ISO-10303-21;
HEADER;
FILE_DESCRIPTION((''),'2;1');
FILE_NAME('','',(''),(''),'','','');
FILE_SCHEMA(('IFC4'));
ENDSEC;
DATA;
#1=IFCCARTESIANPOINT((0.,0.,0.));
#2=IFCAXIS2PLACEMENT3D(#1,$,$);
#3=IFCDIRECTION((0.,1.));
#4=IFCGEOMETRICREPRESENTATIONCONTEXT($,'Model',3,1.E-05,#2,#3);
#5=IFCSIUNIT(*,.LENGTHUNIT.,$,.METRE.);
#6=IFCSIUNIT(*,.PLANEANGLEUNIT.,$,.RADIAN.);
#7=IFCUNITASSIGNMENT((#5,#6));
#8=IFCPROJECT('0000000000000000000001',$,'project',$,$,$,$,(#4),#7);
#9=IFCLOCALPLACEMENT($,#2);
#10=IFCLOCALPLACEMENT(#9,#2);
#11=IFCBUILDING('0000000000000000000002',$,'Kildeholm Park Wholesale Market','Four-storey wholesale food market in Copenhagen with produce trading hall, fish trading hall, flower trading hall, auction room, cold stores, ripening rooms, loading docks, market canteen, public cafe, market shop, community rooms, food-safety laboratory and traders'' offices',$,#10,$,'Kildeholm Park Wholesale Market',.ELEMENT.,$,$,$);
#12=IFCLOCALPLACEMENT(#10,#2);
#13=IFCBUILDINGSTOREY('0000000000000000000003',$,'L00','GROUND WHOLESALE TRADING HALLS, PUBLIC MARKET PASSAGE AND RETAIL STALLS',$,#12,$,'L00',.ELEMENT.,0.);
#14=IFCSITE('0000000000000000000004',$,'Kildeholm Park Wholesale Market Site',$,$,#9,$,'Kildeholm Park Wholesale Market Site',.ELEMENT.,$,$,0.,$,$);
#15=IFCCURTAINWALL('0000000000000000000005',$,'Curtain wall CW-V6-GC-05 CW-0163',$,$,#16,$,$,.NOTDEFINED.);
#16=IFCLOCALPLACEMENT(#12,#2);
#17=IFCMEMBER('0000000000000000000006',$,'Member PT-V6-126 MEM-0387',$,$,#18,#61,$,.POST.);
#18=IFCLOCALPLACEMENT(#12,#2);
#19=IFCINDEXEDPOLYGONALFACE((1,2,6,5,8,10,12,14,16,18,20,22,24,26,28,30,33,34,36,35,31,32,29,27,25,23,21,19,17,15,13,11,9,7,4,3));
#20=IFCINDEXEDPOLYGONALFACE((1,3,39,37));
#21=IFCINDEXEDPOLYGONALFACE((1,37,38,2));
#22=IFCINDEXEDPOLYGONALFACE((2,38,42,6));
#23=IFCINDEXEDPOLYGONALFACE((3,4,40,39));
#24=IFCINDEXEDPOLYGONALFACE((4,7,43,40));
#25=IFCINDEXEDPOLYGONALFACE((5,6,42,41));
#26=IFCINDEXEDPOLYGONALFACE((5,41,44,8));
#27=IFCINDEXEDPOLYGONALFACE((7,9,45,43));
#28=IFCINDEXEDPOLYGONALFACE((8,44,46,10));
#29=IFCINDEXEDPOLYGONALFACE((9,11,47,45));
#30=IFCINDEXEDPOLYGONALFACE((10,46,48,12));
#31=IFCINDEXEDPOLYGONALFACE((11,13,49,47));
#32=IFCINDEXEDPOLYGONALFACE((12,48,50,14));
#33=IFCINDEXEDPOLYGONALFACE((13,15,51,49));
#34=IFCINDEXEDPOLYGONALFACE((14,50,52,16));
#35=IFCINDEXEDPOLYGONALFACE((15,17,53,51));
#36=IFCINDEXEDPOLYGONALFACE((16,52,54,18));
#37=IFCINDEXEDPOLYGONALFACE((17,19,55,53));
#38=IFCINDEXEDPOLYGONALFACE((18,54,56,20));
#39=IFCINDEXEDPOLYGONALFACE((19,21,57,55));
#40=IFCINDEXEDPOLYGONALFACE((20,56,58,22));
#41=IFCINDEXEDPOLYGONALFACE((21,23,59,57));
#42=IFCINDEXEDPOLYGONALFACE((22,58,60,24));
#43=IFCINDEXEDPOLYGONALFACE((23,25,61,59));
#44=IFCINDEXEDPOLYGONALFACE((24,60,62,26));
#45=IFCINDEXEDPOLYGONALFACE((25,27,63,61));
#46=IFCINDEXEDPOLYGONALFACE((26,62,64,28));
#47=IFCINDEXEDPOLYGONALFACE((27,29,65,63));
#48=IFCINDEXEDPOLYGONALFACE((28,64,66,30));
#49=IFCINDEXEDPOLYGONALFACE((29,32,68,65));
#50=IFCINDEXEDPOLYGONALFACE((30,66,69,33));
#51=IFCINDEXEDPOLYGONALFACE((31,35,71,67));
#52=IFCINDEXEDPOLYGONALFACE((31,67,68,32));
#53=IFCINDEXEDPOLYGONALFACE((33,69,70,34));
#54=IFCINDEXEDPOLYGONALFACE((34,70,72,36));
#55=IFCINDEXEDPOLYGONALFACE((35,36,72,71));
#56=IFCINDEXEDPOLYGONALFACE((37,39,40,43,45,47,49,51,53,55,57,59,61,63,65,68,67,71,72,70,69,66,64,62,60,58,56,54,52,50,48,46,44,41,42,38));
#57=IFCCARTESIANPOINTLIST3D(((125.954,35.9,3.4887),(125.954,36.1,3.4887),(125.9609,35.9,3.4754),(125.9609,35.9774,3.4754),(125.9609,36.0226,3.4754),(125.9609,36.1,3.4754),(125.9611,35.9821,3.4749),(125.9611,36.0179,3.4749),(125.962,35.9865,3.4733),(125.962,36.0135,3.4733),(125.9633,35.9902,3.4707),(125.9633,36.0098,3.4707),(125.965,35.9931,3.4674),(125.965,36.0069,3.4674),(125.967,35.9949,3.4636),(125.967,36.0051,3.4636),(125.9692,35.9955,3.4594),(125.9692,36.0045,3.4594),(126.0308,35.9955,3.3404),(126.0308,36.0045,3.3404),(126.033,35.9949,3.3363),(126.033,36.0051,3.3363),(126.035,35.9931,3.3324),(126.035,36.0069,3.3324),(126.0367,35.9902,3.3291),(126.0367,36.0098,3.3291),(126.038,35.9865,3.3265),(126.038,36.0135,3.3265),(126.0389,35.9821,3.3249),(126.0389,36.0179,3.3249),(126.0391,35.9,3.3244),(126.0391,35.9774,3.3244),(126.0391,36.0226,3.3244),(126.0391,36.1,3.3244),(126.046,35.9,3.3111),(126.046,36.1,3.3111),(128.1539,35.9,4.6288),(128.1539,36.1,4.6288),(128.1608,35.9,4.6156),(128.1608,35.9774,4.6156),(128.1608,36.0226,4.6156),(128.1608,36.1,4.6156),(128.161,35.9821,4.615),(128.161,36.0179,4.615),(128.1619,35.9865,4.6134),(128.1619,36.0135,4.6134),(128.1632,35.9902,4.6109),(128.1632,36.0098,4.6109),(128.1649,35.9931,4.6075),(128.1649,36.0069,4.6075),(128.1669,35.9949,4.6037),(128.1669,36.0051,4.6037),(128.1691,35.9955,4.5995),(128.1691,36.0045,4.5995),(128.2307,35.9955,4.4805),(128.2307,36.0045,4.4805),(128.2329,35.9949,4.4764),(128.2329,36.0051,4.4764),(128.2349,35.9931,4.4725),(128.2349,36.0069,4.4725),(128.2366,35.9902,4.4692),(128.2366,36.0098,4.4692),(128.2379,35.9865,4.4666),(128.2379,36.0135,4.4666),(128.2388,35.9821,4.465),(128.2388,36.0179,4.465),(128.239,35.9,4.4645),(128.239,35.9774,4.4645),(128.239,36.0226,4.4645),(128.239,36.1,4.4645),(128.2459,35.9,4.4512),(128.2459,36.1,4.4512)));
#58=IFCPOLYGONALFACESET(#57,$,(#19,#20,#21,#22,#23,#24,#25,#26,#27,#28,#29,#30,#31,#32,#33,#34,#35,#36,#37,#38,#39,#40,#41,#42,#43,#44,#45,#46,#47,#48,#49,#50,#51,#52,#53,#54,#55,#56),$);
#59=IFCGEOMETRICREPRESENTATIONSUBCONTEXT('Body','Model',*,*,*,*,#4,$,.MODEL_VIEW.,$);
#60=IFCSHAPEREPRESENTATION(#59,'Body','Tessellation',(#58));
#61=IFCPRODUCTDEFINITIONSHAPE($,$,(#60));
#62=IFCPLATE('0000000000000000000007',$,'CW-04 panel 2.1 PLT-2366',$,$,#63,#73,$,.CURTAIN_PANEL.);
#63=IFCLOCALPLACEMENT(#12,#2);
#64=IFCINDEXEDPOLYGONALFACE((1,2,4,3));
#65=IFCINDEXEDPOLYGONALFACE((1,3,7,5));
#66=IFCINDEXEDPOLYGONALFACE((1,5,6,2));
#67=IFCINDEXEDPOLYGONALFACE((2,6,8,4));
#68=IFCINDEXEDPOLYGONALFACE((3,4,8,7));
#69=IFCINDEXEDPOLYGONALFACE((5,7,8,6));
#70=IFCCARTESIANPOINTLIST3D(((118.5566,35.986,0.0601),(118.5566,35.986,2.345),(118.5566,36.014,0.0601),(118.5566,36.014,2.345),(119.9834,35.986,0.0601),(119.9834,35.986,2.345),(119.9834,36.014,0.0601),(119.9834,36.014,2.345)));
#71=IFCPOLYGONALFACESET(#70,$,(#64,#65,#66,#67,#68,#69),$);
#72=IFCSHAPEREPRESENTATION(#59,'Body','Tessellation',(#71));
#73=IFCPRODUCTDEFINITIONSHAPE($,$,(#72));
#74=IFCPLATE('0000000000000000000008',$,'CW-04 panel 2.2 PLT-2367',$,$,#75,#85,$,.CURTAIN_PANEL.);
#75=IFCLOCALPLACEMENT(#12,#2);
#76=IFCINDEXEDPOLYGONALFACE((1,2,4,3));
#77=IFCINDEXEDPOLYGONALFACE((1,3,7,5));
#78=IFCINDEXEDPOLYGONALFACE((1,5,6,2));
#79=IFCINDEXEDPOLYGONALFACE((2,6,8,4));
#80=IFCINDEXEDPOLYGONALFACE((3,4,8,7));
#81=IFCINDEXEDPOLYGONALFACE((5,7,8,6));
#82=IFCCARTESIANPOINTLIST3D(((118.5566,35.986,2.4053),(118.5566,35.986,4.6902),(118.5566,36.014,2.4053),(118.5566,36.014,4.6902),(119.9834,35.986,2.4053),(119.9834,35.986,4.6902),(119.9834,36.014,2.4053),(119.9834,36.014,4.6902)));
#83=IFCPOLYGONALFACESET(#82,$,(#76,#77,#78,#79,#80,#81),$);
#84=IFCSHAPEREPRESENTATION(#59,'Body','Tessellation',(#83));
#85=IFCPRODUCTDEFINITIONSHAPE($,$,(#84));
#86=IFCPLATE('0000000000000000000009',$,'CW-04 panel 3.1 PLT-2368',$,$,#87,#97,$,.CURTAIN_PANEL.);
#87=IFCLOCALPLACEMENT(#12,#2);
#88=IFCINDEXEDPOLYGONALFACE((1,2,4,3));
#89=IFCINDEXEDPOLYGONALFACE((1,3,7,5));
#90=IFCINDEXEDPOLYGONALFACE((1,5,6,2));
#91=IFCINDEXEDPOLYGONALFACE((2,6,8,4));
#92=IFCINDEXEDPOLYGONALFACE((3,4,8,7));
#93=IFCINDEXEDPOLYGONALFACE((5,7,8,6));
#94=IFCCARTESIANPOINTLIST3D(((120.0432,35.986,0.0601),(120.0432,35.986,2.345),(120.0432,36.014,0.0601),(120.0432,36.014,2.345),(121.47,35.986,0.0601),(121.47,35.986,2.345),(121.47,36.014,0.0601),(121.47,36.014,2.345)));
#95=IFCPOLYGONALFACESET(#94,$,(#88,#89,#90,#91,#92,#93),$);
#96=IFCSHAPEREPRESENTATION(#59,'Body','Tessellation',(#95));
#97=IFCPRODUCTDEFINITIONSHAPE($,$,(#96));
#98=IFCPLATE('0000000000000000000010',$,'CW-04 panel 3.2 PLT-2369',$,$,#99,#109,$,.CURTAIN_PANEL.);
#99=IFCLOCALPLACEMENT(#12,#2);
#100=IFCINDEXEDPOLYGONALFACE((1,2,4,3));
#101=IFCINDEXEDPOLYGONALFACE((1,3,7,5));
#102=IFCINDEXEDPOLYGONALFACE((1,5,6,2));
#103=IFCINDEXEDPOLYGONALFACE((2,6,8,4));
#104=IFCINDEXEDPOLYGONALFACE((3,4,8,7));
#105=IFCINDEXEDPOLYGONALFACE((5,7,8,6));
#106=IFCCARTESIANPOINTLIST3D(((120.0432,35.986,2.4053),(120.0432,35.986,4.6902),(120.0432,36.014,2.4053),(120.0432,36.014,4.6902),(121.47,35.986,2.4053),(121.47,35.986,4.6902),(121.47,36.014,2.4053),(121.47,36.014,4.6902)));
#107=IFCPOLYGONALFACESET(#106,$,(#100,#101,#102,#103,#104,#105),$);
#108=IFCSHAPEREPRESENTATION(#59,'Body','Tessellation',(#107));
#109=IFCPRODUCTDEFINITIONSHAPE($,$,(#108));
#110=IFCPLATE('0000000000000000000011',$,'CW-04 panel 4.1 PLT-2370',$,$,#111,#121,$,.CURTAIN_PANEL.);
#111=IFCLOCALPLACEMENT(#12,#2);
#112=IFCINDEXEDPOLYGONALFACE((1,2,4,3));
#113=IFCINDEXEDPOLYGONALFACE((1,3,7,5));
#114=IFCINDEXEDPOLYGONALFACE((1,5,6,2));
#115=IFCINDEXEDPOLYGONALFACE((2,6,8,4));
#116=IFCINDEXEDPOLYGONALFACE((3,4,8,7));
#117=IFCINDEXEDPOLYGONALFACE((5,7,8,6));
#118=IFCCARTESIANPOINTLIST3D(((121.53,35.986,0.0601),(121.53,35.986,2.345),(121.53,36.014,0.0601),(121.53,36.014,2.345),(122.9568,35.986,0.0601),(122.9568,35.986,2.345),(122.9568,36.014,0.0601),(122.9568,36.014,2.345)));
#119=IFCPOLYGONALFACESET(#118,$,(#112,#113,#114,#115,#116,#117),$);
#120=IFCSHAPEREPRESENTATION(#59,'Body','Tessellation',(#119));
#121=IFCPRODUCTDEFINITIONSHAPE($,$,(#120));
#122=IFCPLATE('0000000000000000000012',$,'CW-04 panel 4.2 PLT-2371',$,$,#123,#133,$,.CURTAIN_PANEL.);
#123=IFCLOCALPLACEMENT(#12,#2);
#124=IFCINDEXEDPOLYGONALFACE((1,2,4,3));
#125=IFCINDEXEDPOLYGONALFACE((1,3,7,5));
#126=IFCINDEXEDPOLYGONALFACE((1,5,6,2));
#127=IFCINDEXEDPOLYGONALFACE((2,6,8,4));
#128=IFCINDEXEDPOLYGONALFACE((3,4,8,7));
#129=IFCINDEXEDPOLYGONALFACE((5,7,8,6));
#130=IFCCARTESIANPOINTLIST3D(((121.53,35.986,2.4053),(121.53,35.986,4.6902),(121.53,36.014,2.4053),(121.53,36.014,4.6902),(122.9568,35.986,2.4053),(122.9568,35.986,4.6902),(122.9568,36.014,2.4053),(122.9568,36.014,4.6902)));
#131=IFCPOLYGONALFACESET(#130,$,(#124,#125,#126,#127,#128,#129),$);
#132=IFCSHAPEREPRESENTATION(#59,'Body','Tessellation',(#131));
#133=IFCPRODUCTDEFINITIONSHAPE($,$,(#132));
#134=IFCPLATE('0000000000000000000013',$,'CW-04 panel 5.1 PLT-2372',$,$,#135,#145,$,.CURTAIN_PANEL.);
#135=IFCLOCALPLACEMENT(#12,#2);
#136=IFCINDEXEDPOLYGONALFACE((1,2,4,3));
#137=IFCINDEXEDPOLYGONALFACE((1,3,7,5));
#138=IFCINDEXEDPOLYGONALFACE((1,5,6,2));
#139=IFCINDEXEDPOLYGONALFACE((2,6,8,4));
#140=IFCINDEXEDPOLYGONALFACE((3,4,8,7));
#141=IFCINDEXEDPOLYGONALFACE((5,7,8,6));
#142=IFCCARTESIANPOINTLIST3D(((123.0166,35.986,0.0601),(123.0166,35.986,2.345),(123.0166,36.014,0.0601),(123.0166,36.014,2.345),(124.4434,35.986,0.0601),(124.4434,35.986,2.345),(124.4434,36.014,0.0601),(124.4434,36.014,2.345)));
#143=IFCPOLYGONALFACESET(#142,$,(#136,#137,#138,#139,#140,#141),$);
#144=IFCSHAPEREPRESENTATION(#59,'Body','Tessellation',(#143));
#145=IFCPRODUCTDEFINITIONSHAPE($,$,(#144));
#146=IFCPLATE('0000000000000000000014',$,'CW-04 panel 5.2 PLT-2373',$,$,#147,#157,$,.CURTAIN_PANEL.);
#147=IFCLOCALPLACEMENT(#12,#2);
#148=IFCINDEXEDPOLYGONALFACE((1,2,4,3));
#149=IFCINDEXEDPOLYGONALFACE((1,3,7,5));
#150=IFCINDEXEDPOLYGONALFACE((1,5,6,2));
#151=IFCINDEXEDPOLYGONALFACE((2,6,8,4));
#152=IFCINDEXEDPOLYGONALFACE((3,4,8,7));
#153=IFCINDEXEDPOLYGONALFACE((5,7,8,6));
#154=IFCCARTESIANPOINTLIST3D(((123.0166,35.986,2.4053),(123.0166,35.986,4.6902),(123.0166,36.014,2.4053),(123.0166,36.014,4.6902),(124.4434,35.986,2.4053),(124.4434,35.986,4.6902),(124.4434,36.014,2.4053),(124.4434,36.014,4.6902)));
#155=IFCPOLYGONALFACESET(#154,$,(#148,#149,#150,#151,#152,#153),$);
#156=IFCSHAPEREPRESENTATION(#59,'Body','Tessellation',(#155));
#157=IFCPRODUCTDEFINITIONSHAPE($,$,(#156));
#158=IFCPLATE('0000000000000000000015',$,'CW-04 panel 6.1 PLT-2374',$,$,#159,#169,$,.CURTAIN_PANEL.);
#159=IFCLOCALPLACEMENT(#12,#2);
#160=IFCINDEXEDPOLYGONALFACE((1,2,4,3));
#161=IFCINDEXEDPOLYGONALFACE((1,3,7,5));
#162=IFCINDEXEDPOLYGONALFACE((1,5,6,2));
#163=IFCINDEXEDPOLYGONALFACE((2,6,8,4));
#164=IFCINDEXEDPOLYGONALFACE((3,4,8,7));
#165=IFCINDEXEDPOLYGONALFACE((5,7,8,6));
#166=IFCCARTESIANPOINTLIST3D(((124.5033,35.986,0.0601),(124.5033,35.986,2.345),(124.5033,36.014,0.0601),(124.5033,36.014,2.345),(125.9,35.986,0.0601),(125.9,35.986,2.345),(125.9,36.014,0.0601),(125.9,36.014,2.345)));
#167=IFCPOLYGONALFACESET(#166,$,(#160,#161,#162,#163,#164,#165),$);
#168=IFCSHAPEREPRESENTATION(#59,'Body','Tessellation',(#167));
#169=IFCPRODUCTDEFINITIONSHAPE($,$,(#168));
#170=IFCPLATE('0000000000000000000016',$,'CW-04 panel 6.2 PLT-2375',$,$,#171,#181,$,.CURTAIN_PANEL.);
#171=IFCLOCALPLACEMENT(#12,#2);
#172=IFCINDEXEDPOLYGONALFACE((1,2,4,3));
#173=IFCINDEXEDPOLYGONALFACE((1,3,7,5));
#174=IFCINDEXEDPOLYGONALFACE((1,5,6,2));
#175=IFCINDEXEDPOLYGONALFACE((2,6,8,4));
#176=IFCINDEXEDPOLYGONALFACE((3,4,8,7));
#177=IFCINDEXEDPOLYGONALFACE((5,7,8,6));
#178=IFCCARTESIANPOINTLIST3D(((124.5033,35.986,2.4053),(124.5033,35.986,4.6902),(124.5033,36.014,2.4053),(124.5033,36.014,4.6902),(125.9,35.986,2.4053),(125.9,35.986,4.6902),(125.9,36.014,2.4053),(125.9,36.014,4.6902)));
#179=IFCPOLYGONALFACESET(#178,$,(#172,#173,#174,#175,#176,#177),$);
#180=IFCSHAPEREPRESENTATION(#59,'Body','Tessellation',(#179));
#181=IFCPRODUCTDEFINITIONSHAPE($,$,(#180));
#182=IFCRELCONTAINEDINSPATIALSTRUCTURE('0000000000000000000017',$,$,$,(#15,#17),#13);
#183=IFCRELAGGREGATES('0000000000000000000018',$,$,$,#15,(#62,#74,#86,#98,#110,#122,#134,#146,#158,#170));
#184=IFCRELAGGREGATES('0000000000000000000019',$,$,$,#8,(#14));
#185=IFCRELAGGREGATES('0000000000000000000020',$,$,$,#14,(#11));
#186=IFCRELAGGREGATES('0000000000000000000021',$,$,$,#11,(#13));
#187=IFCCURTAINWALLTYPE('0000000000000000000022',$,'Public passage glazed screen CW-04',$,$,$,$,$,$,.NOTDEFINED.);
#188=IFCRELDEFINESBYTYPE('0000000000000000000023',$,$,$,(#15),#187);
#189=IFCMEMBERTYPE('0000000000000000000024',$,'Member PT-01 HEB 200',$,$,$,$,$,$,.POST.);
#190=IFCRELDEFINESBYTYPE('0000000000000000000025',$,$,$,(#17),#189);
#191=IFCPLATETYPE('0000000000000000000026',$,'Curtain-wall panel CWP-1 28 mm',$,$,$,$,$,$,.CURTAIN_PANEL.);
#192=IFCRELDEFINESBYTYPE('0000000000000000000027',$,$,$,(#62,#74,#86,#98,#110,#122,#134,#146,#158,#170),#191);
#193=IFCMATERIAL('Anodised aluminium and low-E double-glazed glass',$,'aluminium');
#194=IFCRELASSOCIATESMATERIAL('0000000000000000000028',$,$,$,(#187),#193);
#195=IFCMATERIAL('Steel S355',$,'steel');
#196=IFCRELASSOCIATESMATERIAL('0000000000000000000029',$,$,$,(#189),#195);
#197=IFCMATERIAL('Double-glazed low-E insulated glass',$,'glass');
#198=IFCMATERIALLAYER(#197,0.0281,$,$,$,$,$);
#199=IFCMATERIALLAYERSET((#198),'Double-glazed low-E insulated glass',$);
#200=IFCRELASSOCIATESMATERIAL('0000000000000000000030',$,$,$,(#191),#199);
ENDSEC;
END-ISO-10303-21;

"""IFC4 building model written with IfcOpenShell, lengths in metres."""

from ifc_helpers import new_model, si_unit, direction, frame, origin, origin_2d, place, context, subcontext, project, spatial, rectangle, i_section, extrude, material, layer, layer_set, material_profile, profile_set, type_object, element, aggregate, save


model = new_model("IFC4")

# Units and contexts
model_context = context("Model", 3, precision=1e-05, world=origin(), true_north=direction((0.0, 1.0)))
body_context = subcontext(model_context, "Body", "Model", "MODEL_VIEW")
ifc_project = project(units=[si_unit("LENGTHUNIT", "METRE"), si_unit("PLANEANGLEUNIT", "RADIAN")], contexts=[model_context])

# Site, building, storey
site_placement = place(None, origin())
site = spatial("IfcSite", under=ifc_project, at=site_placement, Name="Kildeholm Park Wholesale Market Site", LongName="Kildeholm Park Wholesale Market Site", CompositionType="ELEMENT", RefElevation=0.0)
building_placement = place(site_placement, origin())
building = spatial("IfcBuilding", under=site, at=building_placement, Name="Kildeholm Park Wholesale Market", Description="Four-storey wholesale food market in Copenhagen with produce trading hall, fish trading hall, flower trading hall, auction room, cold stores, ripening rooms, loading docks, market canteen, public cafe, market shop, community rooms, food-safety laboratory and traders' offices", LongName="Kildeholm Park Wholesale Market", CompositionType="ELEMENT")
storey_placement = place(building_placement, origin())
storey = spatial("IfcBuildingStorey", under=building, at=storey_placement, Name="L00", Description="GROUND WHOLESALE TRADING HALLS, PUBLIC MARKET PASSAGE AND RETAIL STALLS", LongName="L00", CompositionType="ELEMENT", Elevation=0.0)

# Shared definitions
ifc_material_1 = material(Name="Steel S355", Category="steel")

# Curtain wall
ifc_material_2 = material(Name="Anodised aluminium and low-E double-glazed glass", Category="aluminium")
curtain_wall_type = type_object("IfcCurtainWallType", Name="Public passage glazed screen CW-04", PredefinedType="NOTDEFINED", material=ifc_material_2)
curtain_wall_placement = place(storey_placement, origin())
curtain_wall = element("IfcCurtainWall", 1, at=curtain_wall_placement, inside=storey, type_object=curtain_wall_type, Name="Curtain wall CW-V6-GC-05 CW-0163", PredefinedType="NOTDEFINED")

# Member
ifc_material_profile_1 = material_profile(ifc_material_1, i_section(OverallWidth=0.2, OverallDepth=0.2, WebThickness=0.009, FlangeThickness=0.0149, FilletRadius=0.0181, at=origin_2d()), Name="HEB 200")
ifc_profile_set_1 = profile_set([ifc_material_profile_1], Name="Steel S355")
member_type_1 = type_object("IfcMemberType", Name="Member PT-01 HEB 200", PredefinedType="POST", material=ifc_profile_set_1)
member_1_placement = place(storey_placement, frame((126.0, 36.0, 3.3999), z_axis=(0.88785, 0.0, 0.460133), x_axis=(0.0, 1.0, 0.0)))
element("IfcMember", 2, at=member_1_placement, inside=storey, type_object=member_type_1, Name="Member PT-V6-126 MEM-0387", PredefinedType="POST", context=body_context, shape_type="SweptSolid", body=[
    extrude(i_section(OverallWidth=0.2, OverallDepth=0.2, WebThickness=0.009, FlangeThickness=0.0149, FilletRadius=0.0181, at=origin_2d()), origin(), (0.0, 0.0, 1.0), 2.4778),
])

# Plates
ifc_material_3 = material(Name="Double-glazed low-E insulated glass", Category="glass")
ifc_layer = layer(ifc_material_3, 0.0281)
ifc_layer_set = layer_set([ifc_layer], Name="Double-glazed low-E insulated glass")
plate_type = type_object("IfcPlateType", Name="Curtain-wall panel CWP-1 28 mm", PredefinedType="CURTAIN_PANEL", material=ifc_layer_set)
plate_1_placement = place(storey_placement, frame((119.27, 36.0, 0.0601), z_axis=(0.0, 0.0, 1.0), x_axis=(1.0, 0.0, 0.0)))
plate_1 = element("IfcPlate", 3, at=plate_1_placement, type_object=plate_type, Name="CW-04 panel 2.1 PLT-2366", PredefinedType="CURTAIN_PANEL", context=body_context, shape_type="SweptSolid", body=[
    extrude(rectangle(XDim=1.4268, YDim=0.0281, at=origin_2d()), origin(), (0.0, 0.0, 1.0), 2.2849),
])
plate_2_placement = place(storey_placement, frame((119.27, 36.0, 2.4053), z_axis=(0.0, 0.0, 1.0), x_axis=(1.0, 0.0, 0.0)))
plate_2 = element("IfcPlate", 4, at=plate_2_placement, type_object=plate_type, Name="CW-04 panel 2.2 PLT-2367", PredefinedType="CURTAIN_PANEL", context=body_context, shape_type="SweptSolid", body=[
    extrude(rectangle(XDim=1.4268, YDim=0.0281, at=origin_2d()), origin(), (0.0, 0.0, 1.0), 2.2849),
])
plate_3_placement = place(storey_placement, frame((120.7566, 36.0, 0.0601), z_axis=(0.0, 0.0, 1.0), x_axis=(1.0, 0.0, 0.0)))
plate_3 = element("IfcPlate", 5, at=plate_3_placement, type_object=plate_type, Name="CW-04 panel 3.1 PLT-2368", PredefinedType="CURTAIN_PANEL", context=body_context, shape_type="SweptSolid", body=[
    extrude(rectangle(XDim=1.4268, YDim=0.0281, at=origin_2d()), origin(), (0.0, 0.0, 1.0), 2.2849),
])
plate_4_placement = place(storey_placement, frame((120.7566, 36.0, 2.4053), z_axis=(0.0, 0.0, 1.0), x_axis=(1.0, 0.0, 0.0)))
plate_4 = element("IfcPlate", 6, at=plate_4_placement, type_object=plate_type, Name="CW-04 panel 3.2 PLT-2369", PredefinedType="CURTAIN_PANEL", context=body_context, shape_type="SweptSolid", body=[
    extrude(rectangle(XDim=1.4268, YDim=0.0281, at=origin_2d()), origin(), (0.0, 0.0, 1.0), 2.2849),
])
plate_5_placement = place(storey_placement, frame((122.2434, 36.0, 0.0601), z_axis=(0.0, 0.0, 1.0), x_axis=(1.0, 0.0, 0.0)))
plate_5 = element("IfcPlate", 7, at=plate_5_placement, type_object=plate_type, Name="CW-04 panel 4.1 PLT-2370", PredefinedType="CURTAIN_PANEL", context=body_context, shape_type="SweptSolid", body=[
    extrude(rectangle(XDim=1.4268, YDim=0.0281, at=origin_2d()), origin(), (0.0, 0.0, 1.0), 2.2849),
])
plate_6_placement = place(storey_placement, frame((122.2434, 36.0, 2.4053), z_axis=(0.0, 0.0, 1.0), x_axis=(1.0, 0.0, 0.0)))
plate_6 = element("IfcPlate", 8, at=plate_6_placement, type_object=plate_type, Name="CW-04 panel 4.2 PLT-2371", PredefinedType="CURTAIN_PANEL", context=body_context, shape_type="SweptSolid", body=[
    extrude(rectangle(XDim=1.4268, YDim=0.0281, at=origin_2d()), origin(), (0.0, 0.0, 1.0), 2.2849),
])
plate_7_placement = place(storey_placement, frame((123.73, 36.0, 0.0601), z_axis=(0.0, 0.0, 1.0), x_axis=(1.0, 0.0, 0.0)))
plate_7 = element("IfcPlate", 9, at=plate_7_placement, type_object=plate_type, Name="CW-04 panel 5.1 PLT-2372", PredefinedType="CURTAIN_PANEL", context=body_context, shape_type="SweptSolid", body=[
    extrude(rectangle(XDim=1.4268, YDim=0.0281, at=origin_2d()), origin(), (0.0, 0.0, 1.0), 2.2849),
])
plate_8_placement = place(storey_placement, frame((123.73, 36.0, 2.4053), z_axis=(0.0, 0.0, 1.0), x_axis=(1.0, 0.0, 0.0)))
plate_8 = element("IfcPlate", 10, at=plate_8_placement, type_object=plate_type, Name="CW-04 panel 5.2 PLT-2373", PredefinedType="CURTAIN_PANEL", context=body_context, shape_type="SweptSolid", body=[
    extrude(rectangle(XDim=1.4268, YDim=0.0281, at=origin_2d()), origin(), (0.0, 0.0, 1.0), 2.2849),
])
plate_9_placement = place(storey_placement, frame((125.2017, 36.0, 0.0601), z_axis=(0.0, 0.0, 1.0), x_axis=(1.0, 0.0, 0.0)))
plate_9 = element("IfcPlate", 11, at=plate_9_placement, type_object=plate_type, Name="CW-04 panel 6.1 PLT-2374", PredefinedType="CURTAIN_PANEL", context=body_context, shape_type="SweptSolid", body=[
    extrude(rectangle(XDim=1.3967, YDim=0.0281, at=origin_2d()), origin(), (0.0, 0.0, 1.0), 2.2849),
])
plate_10_placement = place(storey_placement, frame((125.2017, 36.0, 2.4053), z_axis=(0.0, 0.0, 1.0), x_axis=(1.0, 0.0, 0.0)))
plate_10 = element("IfcPlate", 12, at=plate_10_placement, type_object=plate_type, Name="CW-04 panel 6.2 PLT-2375", PredefinedType="CURTAIN_PANEL", context=body_context, shape_type="SweptSolid", body=[
    extrude(rectangle(XDim=1.3967, YDim=0.0281, at=origin_2d()), origin(), (0.0, 0.0, 1.0), 2.2849),
])
aggregate(curtain_wall, [plate_1, plate_2, plate_3, plate_4, plate_5, plate_6, plate_7, plate_8, plate_9, plate_10])

save(model, "model.ifc")
